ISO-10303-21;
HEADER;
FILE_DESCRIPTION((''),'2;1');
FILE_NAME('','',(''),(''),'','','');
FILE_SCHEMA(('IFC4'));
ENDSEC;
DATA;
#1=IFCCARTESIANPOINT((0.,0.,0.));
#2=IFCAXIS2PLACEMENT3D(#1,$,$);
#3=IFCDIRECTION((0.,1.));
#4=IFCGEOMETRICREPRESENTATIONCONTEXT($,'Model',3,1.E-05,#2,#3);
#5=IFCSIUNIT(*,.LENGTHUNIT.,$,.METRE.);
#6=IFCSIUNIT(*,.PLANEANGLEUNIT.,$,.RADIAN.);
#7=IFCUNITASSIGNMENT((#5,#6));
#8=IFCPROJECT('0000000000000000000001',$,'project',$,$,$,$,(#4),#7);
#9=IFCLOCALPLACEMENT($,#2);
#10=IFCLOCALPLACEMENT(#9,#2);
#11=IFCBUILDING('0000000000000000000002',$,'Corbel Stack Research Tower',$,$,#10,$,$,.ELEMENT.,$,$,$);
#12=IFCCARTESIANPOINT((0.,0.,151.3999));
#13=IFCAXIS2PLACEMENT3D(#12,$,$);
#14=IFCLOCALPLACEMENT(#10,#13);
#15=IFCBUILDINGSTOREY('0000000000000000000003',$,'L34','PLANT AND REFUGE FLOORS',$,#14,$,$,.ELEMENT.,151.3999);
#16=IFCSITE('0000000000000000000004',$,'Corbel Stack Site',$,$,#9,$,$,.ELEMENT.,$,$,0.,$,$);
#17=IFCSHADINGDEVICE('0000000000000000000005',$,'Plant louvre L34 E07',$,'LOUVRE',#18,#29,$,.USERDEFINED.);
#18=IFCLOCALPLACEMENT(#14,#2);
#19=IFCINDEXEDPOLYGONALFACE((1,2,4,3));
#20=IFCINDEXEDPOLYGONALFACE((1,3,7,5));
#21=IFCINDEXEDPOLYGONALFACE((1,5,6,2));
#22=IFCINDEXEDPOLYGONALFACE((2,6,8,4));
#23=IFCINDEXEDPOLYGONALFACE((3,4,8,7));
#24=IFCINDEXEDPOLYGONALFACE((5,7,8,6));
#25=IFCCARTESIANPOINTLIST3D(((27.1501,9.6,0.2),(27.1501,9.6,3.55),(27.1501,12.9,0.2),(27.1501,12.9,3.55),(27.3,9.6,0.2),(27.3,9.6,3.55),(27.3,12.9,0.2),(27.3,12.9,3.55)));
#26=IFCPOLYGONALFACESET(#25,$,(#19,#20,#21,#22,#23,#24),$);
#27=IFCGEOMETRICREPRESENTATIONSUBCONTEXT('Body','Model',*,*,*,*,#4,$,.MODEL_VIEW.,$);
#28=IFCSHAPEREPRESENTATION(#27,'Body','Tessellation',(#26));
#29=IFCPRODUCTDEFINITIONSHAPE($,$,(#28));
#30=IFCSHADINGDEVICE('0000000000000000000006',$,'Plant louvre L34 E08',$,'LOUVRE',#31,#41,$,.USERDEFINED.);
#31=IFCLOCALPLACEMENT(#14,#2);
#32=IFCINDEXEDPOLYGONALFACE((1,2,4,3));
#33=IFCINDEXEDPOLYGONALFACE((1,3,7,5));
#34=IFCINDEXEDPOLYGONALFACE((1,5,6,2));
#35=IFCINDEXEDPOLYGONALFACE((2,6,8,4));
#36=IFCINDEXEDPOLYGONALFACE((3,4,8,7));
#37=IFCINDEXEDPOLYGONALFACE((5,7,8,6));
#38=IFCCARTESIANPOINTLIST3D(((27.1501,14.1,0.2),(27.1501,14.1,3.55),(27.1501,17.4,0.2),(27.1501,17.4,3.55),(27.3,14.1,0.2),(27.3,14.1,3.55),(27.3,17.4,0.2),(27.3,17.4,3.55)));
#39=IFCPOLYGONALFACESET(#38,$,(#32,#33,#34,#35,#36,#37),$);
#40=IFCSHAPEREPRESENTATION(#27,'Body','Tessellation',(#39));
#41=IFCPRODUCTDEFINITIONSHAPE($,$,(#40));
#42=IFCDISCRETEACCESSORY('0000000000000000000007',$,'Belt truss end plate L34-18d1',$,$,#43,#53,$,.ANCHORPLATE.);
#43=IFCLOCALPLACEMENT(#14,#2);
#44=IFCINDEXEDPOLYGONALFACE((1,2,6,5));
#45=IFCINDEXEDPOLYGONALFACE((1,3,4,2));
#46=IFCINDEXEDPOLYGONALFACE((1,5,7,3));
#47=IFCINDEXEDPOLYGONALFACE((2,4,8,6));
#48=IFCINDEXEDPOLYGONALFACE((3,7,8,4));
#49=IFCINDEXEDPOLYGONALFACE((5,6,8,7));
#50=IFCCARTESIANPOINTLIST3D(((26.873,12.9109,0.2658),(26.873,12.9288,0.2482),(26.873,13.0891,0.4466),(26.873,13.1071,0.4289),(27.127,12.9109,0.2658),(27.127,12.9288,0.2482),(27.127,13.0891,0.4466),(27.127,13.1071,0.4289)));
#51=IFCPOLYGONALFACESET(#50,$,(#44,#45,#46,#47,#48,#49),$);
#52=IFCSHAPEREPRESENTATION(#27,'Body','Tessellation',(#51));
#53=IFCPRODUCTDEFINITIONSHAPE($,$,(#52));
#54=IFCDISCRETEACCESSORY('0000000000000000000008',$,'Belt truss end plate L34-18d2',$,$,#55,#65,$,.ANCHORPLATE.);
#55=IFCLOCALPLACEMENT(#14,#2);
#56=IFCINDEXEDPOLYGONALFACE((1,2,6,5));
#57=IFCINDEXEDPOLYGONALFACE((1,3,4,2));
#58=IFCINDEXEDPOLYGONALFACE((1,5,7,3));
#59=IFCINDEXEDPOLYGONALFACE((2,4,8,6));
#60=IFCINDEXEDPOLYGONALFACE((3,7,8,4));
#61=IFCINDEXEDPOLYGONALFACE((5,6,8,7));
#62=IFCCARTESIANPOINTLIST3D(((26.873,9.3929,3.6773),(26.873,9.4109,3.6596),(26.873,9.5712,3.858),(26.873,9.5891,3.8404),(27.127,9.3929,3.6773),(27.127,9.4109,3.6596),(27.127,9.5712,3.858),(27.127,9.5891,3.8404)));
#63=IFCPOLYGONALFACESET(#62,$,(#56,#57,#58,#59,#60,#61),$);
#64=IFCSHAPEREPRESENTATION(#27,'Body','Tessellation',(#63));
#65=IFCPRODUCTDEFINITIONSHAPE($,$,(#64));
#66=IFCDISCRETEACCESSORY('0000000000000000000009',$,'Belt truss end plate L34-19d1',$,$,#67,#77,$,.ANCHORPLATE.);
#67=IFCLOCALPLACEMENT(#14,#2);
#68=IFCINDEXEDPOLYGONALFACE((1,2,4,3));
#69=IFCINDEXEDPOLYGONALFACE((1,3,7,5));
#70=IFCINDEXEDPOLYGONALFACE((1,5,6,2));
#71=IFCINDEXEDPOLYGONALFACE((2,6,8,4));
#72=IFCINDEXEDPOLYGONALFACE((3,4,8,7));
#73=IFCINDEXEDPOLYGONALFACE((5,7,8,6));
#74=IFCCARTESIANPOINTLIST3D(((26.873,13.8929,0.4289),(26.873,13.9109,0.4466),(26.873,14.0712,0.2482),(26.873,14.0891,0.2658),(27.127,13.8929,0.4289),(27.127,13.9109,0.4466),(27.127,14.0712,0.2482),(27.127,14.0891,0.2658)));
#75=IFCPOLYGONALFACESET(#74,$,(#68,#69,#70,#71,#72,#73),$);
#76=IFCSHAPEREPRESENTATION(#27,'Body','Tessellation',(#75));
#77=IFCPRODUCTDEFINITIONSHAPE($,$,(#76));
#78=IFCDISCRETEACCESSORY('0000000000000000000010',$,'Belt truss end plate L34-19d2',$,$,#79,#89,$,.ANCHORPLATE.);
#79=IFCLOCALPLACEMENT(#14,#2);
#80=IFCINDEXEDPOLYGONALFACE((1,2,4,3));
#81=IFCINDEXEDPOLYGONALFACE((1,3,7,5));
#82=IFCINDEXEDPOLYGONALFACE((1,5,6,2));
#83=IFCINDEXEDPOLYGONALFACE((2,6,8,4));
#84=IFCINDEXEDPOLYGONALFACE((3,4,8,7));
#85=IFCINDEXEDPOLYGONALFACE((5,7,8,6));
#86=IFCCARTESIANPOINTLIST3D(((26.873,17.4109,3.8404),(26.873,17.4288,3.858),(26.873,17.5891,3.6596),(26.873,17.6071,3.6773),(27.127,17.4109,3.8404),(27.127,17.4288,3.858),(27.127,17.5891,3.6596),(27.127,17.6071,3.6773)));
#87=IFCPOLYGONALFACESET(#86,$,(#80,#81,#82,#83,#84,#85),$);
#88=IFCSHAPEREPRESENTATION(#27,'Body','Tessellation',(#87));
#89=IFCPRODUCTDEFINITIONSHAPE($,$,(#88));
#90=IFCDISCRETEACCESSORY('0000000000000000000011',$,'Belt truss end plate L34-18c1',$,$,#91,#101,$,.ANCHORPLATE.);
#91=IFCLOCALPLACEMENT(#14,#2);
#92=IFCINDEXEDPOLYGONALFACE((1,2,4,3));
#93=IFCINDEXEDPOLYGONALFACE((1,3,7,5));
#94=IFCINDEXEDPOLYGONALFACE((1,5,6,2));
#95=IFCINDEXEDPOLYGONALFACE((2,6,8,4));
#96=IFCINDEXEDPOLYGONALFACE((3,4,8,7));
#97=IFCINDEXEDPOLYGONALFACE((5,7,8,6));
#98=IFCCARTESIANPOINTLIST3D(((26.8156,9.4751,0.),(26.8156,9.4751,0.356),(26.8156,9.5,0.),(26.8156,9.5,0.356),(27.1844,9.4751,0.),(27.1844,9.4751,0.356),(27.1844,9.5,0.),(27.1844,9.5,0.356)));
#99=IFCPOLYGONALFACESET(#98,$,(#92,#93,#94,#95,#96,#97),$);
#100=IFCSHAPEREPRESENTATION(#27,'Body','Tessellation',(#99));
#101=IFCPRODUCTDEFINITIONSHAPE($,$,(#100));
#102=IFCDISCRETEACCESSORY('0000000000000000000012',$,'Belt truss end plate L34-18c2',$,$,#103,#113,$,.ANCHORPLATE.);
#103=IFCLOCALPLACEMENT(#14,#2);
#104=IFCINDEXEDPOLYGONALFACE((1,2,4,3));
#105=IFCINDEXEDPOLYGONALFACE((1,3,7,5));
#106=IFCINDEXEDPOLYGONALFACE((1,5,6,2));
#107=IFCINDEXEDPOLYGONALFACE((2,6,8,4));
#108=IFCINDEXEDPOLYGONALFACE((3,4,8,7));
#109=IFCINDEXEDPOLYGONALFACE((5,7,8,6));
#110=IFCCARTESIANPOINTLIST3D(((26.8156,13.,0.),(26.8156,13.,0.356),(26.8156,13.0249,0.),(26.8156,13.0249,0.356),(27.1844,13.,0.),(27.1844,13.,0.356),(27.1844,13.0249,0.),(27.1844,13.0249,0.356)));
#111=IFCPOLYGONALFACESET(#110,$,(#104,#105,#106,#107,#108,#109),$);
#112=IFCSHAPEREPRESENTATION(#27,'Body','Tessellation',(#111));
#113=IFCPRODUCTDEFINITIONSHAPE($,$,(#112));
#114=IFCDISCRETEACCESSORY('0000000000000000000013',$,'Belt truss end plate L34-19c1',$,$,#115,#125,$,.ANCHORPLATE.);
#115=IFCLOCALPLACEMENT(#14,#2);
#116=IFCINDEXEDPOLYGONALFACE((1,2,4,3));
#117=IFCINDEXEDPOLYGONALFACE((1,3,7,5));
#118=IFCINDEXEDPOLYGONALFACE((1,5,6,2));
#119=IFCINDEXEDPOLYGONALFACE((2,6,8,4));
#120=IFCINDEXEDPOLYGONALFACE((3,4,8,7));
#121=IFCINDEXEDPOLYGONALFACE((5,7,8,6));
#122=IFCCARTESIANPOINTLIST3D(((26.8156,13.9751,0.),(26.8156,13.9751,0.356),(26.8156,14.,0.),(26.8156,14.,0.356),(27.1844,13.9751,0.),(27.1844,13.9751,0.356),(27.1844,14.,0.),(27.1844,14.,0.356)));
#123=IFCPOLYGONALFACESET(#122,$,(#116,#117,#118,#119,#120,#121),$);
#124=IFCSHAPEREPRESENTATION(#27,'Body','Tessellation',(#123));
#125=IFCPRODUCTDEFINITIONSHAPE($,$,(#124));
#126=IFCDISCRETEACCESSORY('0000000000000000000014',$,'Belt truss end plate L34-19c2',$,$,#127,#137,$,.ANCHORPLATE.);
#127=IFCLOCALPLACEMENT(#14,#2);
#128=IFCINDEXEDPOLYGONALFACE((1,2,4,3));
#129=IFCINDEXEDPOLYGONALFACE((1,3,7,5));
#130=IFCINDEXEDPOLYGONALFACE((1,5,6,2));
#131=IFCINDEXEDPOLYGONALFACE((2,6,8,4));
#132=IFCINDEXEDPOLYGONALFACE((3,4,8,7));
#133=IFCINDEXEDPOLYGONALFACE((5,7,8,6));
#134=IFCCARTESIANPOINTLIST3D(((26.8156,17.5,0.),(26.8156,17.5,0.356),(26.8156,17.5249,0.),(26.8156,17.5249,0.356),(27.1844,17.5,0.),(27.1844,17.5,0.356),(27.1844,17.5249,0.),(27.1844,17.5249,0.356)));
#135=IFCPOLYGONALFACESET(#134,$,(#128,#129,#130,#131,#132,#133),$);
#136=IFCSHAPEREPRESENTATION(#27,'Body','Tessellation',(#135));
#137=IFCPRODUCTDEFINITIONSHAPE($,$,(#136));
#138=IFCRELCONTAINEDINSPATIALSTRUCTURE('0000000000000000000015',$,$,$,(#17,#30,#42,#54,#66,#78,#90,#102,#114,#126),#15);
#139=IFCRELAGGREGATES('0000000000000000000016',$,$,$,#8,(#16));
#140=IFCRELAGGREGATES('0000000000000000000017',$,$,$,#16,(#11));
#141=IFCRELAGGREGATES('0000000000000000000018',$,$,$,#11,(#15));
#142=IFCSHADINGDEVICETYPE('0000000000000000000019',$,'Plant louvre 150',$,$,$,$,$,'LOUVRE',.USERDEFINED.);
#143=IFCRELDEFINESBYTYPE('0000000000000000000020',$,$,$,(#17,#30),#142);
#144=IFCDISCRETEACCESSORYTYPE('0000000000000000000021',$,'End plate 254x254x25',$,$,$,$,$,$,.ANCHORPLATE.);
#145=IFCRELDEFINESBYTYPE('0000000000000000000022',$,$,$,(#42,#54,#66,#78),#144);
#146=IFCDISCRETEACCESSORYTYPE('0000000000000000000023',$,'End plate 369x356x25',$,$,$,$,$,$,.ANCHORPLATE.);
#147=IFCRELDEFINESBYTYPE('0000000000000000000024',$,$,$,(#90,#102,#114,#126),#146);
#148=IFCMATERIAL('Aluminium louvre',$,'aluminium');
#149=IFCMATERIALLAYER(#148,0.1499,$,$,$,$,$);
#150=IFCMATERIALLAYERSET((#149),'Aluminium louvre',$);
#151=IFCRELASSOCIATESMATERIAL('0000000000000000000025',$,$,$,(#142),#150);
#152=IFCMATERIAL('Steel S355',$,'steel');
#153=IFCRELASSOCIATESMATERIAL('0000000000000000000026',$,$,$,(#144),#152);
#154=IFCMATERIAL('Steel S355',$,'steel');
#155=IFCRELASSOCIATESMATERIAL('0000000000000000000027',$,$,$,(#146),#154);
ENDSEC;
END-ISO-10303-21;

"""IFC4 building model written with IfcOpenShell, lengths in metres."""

from ifc_helpers import new_model, si_unit, direction, frame, origin, origin_2d, place, context, subcontext, project, spatial, rectangle, extrude, material, layer, layer_set, material_profile, profile_set, type_object, element, save


model = new_model("IFC4")

# Units and contexts
model_context = context("Model", 3, precision=1e-05, world=origin(), true_north=direction((0.0, 1.0)))
body_context = subcontext(model_context, "Body", "Model", "MODEL_VIEW")
ifc_project = project(units=[si_unit("LENGTHUNIT", "METRE"), si_unit("PLANEANGLEUNIT", "RADIAN")], contexts=[model_context])

# Site, building, storey
site_placement = place(None, origin())
site = spatial("IfcSite", under=ifc_project, at=site_placement, Name="Corbel Stack Site", CompositionType="ELEMENT", RefElevation=0.0)
building_placement = place(site_placement, origin())
building = spatial("IfcBuilding", under=site, at=building_placement, Name="Corbel Stack Research Tower", CompositionType="ELEMENT")
storey_placement = place(building_placement, frame((0.0, 0.0, 151.3999)))
storey = spatial("IfcBuildingStorey", under=building, at=storey_placement, Name="L34", Description="PLANT AND REFUGE FLOORS", CompositionType="ELEMENT", Elevation=151.3999)

# Shading devices
ifc_material_1 = material(Name="Aluminium louvre", Category="aluminium")
ifc_layer_1 = layer(ifc_material_1, 0.1499)
ifc_layer_set_1 = layer_set([ifc_layer_1], Name="Aluminium louvre")
shading_device_type = type_object("IfcShadingDeviceType", Name="Plant louvre 150", ElementType="LOUVRE", PredefinedType="USERDEFINED", material=ifc_layer_set_1)
for number, where, z_axis, x_axis, name in (
    (1, (27.2251, 11.25, 0.2), (0.0, 0.0, 1.0), (0.0, 1.0, 0.0), "Plant louvre L34 E07"),
    (2, (27.2251, 15.75, 0.2), (0.0, 0.0, 1.0), (0.0, 1.0, 0.0), "Plant louvre L34 E08"),
):
    element("IfcShadingDevice", number, at=place(storey_placement, frame(where, z_axis=z_axis, x_axis=x_axis)), inside=storey, type_object=shading_device_type, Name=name, ObjectType="LOUVRE", PredefinedType="USERDEFINED", context=body_context, shape_type="SweptSolid", body=[
        extrude(rectangle(XDim=3.3, YDim=0.1499, at=origin_2d()), origin(), (0.0, 0.0, 1.0), 3.3501),
    ])

# Discrete accessories
ifc_material_2 = material(Name="Steel S355", Category="steel")
ifc_material_profile_1 = material_profile(ifc_material_2, rectangle(XDim=0.2539, YDim=0.2539, at=origin_2d()), Name="End plate 254x254x25")
ifc_profile_set_1 = profile_set([ifc_material_profile_1], Name="Steel S355")
discrete_accessory_type_1 = type_object("IfcDiscreteAccessoryType", Name="End plate 254x254x25", PredefinedType="ANCHORPLATE", material=ifc_profile_set_1)
for number, where, z_axis, x_axis, name in (
    (3, (27.0, 13.0, 0.3562), (0.0, 0.711966, -0.702213), (-1.0, 0.0, 0.0), "Belt truss end plate L34-18d1"),
    (4, (27.0, 9.5, 3.75), (0.0, -0.711966, 0.702213), (1.0, 0.0, 0.0), "Belt truss end plate L34-18d2"),
    (5, (27.0, 14.0, 0.3562), (0.0, -0.711966, -0.702213), (1.0, 0.0, 0.0), "Belt truss end plate L34-19d1"),
    (6, (27.0, 17.5, 3.75), (0.0, 0.711966, 0.702213), (-1.0, 0.0, 0.0), "Belt truss end plate L34-19d2"),
):
    element("IfcDiscreteAccessory", number, at=place(storey_placement, frame(where, z_axis=z_axis, x_axis=x_axis)), inside=storey, type_object=discrete_accessory_type_1, Name=name, PredefinedType="ANCHORPLATE", context=body_context, shape_type="SweptSolid", body=[
        extrude(rectangle(XDim=0.2539, YDim=0.2539, at=origin_2d()), origin(), (0.0, 0.0, 1.0), 0.0251),
    ])
ifc_material_3 = material(Name="Steel S355", Category="steel")
ifc_material_profile_2 = material_profile(ifc_material_3, rectangle(XDim=0.3689, YDim=0.356, at=origin_2d()), Name="End plate 369x356x25")
ifc_profile_set_2 = profile_set([ifc_material_profile_2], Name="Steel S355")
discrete_accessory_type_2 = type_object("IfcDiscreteAccessoryType", Name="End plate 369x356x25", PredefinedType="ANCHORPLATE", material=ifc_profile_set_2)
for number, where, z_axis, x_axis, name in (
    (7, (27.0, 9.5, 0.178), (0.0, -1.0, 0.0), (1.0, 0.0, 0.0), "Belt truss end plate L34-18c1"),
    (8, (27.0, 13.0, 0.178), (0.0, 1.0, 0.0), (-1.0, 0.0, 0.0), "Belt truss end plate L34-18c2"),
    (9, (27.0, 14.0, 0.178), (0.0, -1.0, 0.0), (1.0, 0.0, 0.0), "Belt truss end plate L34-19c1"),
    (10, (27.0, 17.5, 0.178), (0.0, 1.0, 0.0), (-1.0, 0.0, 0.0), "Belt truss end plate L34-19c2"),
):
    element("IfcDiscreteAccessory", number, at=place(storey_placement, frame(where, z_axis=z_axis, x_axis=x_axis)), inside=storey, type_object=discrete_accessory_type_2, Name=name, PredefinedType="ANCHORPLATE", context=body_context, shape_type="SweptSolid", body=[
        extrude(rectangle(XDim=0.3689, YDim=0.356, at=origin_2d()), origin(), (0.0, 0.0, 1.0), 0.0249),
    ])

save(model, "model.ifc")
